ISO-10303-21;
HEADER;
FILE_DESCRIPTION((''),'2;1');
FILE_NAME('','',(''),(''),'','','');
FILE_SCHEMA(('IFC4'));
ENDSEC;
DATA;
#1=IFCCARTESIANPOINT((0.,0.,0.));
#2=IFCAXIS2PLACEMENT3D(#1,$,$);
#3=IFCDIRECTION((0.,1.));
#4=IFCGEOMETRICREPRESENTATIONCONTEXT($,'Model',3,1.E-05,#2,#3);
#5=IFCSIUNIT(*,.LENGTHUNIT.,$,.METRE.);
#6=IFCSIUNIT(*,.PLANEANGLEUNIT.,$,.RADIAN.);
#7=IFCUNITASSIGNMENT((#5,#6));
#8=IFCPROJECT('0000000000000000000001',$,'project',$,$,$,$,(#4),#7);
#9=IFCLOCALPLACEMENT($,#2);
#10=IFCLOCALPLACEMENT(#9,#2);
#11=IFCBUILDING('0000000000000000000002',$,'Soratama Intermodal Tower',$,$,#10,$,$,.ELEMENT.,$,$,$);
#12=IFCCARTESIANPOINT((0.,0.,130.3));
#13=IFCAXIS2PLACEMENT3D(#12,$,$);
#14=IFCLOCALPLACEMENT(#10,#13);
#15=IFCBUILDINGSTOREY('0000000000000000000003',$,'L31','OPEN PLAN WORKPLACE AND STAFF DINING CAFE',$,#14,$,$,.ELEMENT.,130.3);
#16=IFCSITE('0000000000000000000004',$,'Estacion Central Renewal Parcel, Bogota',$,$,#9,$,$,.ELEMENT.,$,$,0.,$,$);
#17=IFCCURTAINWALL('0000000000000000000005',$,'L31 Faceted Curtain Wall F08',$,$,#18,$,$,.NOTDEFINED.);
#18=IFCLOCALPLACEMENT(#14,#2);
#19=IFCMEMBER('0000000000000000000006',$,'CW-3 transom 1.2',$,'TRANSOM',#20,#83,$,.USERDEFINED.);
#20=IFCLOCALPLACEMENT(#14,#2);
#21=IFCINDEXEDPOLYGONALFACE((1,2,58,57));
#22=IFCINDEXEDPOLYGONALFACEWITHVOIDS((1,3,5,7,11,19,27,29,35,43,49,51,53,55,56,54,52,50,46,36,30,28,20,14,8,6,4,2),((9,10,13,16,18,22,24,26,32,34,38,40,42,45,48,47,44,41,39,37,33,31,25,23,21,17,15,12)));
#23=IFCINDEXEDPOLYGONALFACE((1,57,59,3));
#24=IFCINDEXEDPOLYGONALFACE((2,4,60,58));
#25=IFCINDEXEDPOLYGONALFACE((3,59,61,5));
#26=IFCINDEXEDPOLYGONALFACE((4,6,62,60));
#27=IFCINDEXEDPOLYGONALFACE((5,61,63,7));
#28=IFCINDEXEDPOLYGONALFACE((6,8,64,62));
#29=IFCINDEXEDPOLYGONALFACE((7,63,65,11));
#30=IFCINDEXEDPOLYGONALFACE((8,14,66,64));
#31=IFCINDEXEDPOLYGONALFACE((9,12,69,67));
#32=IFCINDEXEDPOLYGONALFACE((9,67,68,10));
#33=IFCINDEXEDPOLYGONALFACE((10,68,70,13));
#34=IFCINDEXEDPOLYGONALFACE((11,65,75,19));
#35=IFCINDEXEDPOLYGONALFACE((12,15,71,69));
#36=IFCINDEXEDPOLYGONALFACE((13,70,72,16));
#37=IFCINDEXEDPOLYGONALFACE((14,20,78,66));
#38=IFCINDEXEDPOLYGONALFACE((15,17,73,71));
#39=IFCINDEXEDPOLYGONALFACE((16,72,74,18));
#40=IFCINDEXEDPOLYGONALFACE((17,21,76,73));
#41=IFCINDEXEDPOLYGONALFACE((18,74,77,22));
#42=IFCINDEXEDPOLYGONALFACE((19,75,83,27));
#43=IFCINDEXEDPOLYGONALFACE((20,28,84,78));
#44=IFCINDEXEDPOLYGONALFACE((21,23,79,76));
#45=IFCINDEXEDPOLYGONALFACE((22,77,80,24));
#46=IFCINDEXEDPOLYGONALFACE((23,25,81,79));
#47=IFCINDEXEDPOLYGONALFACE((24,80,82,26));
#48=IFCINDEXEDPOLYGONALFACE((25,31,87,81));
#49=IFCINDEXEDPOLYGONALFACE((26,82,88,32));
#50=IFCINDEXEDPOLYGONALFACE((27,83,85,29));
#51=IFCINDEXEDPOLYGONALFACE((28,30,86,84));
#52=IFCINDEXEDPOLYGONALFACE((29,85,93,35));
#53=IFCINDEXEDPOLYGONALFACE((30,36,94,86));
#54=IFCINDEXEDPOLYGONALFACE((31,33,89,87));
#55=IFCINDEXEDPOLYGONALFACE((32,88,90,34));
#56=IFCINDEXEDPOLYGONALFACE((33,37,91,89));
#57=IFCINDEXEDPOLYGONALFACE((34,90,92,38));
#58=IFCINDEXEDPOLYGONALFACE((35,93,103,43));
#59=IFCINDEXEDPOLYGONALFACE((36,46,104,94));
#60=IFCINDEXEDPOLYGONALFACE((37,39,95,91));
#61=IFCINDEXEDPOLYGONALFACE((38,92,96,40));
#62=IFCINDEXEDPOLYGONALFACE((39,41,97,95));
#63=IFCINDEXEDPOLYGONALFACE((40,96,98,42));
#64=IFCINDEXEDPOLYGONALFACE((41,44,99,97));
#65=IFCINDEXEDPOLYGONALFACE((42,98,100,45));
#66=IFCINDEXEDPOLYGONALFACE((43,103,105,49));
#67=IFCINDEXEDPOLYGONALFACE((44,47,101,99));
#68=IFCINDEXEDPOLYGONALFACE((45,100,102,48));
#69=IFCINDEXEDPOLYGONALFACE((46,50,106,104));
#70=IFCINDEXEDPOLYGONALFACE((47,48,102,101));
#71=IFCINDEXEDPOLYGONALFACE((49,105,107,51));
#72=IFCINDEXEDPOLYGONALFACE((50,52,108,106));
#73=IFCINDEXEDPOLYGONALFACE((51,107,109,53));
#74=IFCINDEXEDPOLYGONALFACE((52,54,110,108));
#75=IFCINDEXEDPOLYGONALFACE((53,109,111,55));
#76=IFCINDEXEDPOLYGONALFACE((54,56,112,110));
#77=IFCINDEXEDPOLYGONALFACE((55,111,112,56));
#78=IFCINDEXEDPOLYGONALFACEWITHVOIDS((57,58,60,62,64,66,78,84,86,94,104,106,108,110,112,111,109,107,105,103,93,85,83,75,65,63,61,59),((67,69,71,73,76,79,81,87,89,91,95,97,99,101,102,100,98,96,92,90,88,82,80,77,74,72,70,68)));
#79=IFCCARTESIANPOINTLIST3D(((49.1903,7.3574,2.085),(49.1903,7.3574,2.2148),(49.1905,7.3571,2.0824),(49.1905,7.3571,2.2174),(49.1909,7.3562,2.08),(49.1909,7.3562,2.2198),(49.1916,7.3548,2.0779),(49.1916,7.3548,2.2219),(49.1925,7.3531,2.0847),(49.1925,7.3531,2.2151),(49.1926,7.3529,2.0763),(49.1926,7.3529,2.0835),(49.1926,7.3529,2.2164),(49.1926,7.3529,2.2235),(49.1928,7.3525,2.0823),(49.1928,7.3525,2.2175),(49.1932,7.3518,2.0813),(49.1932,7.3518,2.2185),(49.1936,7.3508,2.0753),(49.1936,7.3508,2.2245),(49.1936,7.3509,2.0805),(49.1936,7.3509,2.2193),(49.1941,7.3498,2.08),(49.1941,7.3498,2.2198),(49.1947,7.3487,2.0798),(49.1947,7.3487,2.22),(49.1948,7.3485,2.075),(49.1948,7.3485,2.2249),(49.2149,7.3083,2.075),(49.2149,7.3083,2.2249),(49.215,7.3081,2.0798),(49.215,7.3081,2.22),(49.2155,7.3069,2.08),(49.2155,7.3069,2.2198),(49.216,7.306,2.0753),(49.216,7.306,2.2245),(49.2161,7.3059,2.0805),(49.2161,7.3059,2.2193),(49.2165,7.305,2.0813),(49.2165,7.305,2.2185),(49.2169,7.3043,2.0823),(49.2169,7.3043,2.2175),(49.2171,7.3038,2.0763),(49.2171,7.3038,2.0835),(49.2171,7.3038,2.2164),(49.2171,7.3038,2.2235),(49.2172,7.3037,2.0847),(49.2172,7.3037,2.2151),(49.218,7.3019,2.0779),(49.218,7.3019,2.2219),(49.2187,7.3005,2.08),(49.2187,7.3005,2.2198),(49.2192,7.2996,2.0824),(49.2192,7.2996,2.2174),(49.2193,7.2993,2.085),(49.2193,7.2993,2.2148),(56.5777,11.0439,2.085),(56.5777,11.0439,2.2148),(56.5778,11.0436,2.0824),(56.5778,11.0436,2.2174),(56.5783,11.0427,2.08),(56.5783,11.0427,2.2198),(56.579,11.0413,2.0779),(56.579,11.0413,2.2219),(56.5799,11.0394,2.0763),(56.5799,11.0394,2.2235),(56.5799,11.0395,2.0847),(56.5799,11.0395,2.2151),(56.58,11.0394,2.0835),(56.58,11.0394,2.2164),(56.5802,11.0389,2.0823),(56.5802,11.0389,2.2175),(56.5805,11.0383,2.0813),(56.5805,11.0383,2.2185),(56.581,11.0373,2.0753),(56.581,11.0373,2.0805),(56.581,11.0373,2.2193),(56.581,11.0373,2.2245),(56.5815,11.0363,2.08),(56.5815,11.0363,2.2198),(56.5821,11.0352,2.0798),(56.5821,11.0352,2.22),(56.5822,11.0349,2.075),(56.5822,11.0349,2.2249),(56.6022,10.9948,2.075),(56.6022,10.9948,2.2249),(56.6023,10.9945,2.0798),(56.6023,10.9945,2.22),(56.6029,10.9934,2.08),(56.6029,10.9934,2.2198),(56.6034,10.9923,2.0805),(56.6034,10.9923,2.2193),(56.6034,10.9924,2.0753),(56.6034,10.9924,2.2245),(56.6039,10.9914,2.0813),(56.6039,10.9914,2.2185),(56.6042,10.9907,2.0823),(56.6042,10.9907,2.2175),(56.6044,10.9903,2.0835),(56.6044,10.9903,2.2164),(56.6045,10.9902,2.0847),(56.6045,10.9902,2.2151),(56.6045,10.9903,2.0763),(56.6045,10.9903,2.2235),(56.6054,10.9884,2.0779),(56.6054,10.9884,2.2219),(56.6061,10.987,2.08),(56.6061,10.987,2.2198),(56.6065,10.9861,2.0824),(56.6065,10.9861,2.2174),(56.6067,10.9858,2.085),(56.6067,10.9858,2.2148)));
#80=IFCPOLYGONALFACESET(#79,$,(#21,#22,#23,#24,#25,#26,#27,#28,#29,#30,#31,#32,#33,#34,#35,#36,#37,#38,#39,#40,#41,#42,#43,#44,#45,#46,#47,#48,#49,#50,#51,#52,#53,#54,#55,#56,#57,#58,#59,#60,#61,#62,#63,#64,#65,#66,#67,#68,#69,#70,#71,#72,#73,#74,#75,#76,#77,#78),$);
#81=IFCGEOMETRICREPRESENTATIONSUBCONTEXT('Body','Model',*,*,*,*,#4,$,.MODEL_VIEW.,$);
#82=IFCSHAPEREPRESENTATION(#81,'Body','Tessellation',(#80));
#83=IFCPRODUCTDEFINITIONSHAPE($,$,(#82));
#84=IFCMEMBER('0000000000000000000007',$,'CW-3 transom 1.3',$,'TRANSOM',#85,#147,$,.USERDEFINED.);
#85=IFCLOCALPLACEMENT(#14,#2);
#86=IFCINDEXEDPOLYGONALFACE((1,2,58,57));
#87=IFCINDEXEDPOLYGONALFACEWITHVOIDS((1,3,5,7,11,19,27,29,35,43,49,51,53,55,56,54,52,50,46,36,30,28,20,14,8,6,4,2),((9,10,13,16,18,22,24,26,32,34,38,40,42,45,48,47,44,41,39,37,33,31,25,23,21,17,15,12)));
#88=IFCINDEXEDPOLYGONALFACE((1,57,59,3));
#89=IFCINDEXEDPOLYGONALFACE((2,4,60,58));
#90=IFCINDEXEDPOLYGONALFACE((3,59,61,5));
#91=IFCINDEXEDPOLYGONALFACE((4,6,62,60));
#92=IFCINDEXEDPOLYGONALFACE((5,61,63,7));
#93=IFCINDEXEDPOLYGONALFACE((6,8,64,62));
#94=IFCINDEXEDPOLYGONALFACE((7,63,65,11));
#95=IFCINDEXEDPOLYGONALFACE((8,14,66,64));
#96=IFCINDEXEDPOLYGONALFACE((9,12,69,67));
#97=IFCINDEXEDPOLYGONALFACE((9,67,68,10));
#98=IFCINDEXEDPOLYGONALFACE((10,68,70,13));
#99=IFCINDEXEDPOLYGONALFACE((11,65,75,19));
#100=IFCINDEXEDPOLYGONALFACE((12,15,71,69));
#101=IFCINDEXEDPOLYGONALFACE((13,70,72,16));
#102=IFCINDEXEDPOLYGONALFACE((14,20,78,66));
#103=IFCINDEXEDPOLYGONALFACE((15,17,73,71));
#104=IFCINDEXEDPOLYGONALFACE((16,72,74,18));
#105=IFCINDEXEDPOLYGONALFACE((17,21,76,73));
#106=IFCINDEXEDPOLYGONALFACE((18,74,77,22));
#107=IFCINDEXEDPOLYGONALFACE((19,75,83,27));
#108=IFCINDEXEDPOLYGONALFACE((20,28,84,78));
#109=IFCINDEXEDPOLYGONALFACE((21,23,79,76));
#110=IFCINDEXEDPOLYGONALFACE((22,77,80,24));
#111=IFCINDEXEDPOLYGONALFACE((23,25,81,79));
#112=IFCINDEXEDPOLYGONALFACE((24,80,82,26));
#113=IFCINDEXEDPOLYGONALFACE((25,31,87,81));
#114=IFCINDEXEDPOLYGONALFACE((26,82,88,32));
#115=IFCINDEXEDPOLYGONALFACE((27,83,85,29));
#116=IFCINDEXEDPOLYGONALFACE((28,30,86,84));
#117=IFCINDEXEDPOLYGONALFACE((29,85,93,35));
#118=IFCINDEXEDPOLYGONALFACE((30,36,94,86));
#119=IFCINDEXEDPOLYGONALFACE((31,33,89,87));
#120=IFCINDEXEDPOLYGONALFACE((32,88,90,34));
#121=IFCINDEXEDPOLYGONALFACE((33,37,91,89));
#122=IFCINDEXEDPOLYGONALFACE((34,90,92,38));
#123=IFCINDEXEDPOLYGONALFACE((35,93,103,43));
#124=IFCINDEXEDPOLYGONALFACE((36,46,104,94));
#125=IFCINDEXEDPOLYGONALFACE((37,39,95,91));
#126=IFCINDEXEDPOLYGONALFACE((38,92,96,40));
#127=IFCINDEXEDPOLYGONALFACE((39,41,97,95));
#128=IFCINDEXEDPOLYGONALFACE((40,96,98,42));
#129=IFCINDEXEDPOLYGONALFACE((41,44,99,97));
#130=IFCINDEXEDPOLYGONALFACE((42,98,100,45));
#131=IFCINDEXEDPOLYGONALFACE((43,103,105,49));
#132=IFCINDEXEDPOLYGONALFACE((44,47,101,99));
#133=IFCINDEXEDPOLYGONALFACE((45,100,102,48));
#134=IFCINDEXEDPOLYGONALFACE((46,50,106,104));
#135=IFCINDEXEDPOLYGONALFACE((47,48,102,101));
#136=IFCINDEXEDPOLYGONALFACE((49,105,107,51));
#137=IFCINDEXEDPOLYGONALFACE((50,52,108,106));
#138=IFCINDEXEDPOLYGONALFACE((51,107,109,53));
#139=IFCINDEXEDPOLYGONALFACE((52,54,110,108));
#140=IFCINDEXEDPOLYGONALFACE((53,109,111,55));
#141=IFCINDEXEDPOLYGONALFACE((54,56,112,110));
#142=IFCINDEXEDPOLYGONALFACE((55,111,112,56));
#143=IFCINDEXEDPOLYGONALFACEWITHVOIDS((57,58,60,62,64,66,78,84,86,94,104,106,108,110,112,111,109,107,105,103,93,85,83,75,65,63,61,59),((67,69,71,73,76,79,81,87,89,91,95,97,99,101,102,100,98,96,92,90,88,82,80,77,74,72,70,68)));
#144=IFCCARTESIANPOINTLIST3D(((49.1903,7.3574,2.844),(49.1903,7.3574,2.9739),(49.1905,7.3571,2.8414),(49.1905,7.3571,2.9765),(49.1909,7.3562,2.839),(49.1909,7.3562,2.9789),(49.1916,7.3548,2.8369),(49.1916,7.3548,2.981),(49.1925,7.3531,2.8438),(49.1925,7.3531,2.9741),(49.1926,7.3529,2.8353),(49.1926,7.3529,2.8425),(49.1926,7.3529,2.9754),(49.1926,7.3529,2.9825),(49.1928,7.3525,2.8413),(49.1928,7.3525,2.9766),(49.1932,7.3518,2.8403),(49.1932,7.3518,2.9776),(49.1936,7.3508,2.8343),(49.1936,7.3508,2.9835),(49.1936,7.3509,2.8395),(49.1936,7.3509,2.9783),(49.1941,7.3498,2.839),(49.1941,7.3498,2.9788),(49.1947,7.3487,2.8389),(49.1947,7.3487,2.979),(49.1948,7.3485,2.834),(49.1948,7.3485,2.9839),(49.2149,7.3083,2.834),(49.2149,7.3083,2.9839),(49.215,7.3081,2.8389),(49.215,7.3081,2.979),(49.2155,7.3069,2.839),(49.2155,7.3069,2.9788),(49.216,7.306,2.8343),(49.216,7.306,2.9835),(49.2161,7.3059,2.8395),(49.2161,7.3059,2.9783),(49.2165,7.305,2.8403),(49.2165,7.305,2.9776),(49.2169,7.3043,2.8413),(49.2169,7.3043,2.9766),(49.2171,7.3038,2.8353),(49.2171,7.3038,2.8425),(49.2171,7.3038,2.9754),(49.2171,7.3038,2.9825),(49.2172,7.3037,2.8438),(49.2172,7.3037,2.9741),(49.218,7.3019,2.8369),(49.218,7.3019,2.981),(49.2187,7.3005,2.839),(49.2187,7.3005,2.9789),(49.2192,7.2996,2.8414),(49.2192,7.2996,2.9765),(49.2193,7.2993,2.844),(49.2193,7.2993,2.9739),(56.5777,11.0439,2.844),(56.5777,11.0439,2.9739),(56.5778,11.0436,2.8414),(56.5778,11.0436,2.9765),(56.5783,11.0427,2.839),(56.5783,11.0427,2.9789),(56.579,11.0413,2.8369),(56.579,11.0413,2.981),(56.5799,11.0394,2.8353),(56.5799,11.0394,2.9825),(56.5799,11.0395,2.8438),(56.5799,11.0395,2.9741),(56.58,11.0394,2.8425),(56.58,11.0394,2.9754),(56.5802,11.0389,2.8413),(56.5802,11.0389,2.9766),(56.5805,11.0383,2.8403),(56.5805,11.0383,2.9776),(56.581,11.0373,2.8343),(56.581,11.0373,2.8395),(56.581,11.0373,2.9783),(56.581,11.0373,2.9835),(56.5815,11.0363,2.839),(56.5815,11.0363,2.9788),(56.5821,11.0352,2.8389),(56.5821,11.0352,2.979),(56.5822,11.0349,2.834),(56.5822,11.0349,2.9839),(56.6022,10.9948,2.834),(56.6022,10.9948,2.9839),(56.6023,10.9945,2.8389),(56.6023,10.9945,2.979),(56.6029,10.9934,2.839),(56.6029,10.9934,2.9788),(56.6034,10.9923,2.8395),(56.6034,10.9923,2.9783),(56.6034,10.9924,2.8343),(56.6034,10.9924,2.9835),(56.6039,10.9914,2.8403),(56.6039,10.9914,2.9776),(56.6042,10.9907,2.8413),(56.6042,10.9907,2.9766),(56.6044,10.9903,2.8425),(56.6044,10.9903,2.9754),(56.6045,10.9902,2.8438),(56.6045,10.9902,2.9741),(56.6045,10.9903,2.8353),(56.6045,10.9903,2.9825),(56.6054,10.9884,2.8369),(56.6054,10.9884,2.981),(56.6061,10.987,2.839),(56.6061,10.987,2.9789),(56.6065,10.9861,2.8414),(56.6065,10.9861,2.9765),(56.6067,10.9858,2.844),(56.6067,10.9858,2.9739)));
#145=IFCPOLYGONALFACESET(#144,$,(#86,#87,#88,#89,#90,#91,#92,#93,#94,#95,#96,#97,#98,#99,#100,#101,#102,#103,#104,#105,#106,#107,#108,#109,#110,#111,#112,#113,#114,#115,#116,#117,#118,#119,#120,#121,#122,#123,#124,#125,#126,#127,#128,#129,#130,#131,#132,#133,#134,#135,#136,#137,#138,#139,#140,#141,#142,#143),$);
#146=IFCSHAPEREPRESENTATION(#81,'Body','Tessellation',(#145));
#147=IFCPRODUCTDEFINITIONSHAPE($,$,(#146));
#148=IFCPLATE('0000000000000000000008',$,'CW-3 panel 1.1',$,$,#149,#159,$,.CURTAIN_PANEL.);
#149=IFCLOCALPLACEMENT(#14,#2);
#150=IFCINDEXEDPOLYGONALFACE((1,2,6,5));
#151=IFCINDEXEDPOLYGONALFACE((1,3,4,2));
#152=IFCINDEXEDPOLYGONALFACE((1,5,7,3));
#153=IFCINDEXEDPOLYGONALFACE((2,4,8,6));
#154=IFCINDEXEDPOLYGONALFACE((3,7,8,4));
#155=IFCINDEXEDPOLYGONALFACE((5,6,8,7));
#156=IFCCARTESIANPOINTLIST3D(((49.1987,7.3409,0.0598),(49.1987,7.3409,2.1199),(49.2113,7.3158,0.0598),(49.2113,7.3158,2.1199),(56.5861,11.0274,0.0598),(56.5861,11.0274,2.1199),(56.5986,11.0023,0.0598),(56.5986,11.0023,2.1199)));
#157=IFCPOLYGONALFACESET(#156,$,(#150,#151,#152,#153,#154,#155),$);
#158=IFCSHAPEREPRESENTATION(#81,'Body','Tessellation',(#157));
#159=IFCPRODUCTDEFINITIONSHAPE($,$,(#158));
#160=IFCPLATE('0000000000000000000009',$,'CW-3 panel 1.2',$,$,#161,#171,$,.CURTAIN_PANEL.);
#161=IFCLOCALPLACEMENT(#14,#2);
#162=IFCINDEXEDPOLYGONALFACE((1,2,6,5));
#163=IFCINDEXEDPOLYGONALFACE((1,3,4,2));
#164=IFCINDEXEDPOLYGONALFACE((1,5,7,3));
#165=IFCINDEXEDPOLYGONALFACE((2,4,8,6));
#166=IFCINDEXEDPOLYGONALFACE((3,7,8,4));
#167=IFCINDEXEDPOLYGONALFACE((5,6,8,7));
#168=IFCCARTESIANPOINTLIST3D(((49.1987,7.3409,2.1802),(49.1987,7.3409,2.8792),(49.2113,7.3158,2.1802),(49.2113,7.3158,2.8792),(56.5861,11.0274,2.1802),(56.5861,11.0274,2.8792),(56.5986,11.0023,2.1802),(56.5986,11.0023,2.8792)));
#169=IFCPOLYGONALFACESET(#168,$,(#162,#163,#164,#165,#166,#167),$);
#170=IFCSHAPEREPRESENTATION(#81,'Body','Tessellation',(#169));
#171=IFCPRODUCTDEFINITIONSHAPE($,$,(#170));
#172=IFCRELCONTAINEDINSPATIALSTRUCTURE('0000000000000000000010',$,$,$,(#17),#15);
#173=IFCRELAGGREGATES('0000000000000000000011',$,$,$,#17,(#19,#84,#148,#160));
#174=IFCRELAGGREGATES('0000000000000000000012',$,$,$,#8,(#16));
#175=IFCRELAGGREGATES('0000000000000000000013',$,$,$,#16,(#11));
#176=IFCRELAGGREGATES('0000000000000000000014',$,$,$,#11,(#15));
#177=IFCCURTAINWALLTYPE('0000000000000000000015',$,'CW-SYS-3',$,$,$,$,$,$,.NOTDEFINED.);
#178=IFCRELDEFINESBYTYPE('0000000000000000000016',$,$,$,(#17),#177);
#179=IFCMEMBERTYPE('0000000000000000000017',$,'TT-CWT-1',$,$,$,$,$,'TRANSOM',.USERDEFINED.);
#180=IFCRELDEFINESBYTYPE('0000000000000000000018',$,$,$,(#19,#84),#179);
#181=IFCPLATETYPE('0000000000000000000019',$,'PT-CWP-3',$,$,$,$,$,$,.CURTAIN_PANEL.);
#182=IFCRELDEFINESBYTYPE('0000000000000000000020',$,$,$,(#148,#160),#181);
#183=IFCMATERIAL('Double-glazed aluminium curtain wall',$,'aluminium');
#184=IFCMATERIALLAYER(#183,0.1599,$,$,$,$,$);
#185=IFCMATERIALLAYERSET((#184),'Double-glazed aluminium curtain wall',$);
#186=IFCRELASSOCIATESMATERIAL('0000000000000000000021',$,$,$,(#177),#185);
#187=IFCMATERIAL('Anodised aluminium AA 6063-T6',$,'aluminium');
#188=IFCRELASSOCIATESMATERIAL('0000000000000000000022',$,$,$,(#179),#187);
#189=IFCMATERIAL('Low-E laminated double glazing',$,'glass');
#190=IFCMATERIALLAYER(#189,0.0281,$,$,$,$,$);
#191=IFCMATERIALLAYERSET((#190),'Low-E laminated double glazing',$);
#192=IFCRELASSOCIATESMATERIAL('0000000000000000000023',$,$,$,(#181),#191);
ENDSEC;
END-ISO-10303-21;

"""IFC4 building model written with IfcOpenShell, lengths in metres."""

from ifc_helpers import new_model, si_unit, direction, frame, origin, origin_2d, place, context, subcontext, project, spatial, rectangle, hollow_rectangle, extrude, material, layer, layer_set, material_profile, profile_set, type_object, element, aggregate, save


model = new_model("IFC4")

# Units and contexts
model_context = context("Model", 3, precision=1e-05, world=origin(), true_north=direction((0.0, 1.0)))
body_context = subcontext(model_context, "Body", "Model", "MODEL_VIEW")
ifc_project = project(units=[si_unit("LENGTHUNIT", "METRE"), si_unit("PLANEANGLEUNIT", "RADIAN")], contexts=[model_context])

# Site, building, storey
site_placement = place(None, origin())
site = spatial("IfcSite", under=ifc_project, at=site_placement, Name="Estacion Central Renewal Parcel, Bogota", CompositionType="ELEMENT", RefElevation=0.0)
building_placement = place(site_placement, origin())
building = spatial("IfcBuilding", under=site, at=building_placement, Name="Soratama Intermodal Tower", CompositionType="ELEMENT")
storey_placement = place(building_placement, frame((0.0, 0.0, 130.3)))
storey = spatial("IfcBuildingStorey", under=building, at=storey_placement, Name="L31", Description="OPEN PLAN WORKPLACE AND STAFF DINING CAFE", CompositionType="ELEMENT", Elevation=130.3)

# Curtain wall
ifc_material_1 = material(Name="Double-glazed aluminium curtain wall", Category="aluminium")
ifc_layer_1 = layer(ifc_material_1, 0.1599)
ifc_layer_set_1 = layer_set([ifc_layer_1], Name="Double-glazed aluminium curtain wall")
curtain_wall_type = type_object("IfcCurtainWallType", Name="CW-SYS-3", PredefinedType="NOTDEFINED", material=ifc_layer_set_1)
curtain_wall_1_placement = place(storey_placement, origin())
curtain_wall_1 = element("IfcCurtainWall", 1, at=curtain_wall_1_placement, inside=storey, type_object=curtain_wall_type, Name="L31 Faceted Curtain Wall F08", PredefinedType="NOTDEFINED")

# Members
ifc_material_2 = material(Name="Anodised aluminium AA 6063-T6", Category="aluminium")
ifc_material_profile_1 = material_profile(ifc_material_2, hollow_rectangle(XDim=0.0649, YDim=0.1499, WallThickness=0.0049, InnerFilletRadius=0.0049, OuterFilletRadius=0.01, at=origin_2d()), Name="CWT150X65X5")
ifc_profile_set_1 = profile_set([ifc_material_profile_1], Name="Anodised aluminium AA 6063-T6")
member_type_1 = type_object("IfcMemberType", Name="TT-CWT-1", ElementType="TRANSOM", PredefinedType="USERDEFINED", material=ifc_profile_set_1)
member_1_placement = place(storey_placement, frame((49.2048, 7.3284, 2.1499), z_axis=(0.894776, 0.446516, 0.0), x_axis=(-0.446516, 0.894776, 0.0)))
member_1 = element("IfcMember", 2, at=member_1_placement, type_object=member_type_1, Name="CW-3 transom 1.2", ObjectType="TRANSOM", PredefinedType="USERDEFINED", context=body_context, shape_type="SweptSolid", body=[
    extrude(hollow_rectangle(XDim=0.0649, YDim=0.1499, WallThickness=0.0049, InnerFilletRadius=0.0049, OuterFilletRadius=0.01, at=origin_2d()), origin(), (0.0, 0.0, 1.0), 8.2561),
])
member_2_placement = place(storey_placement, frame((49.2048, 7.3284, 2.9089), z_axis=(0.894776, 0.446516, 0.0), x_axis=(-0.446516, 0.894776, 0.0)))
member_2 = element("IfcMember", 3, at=member_2_placement, type_object=member_type_1, Name="CW-3 transom 1.3", ObjectType="TRANSOM", PredefinedType="USERDEFINED", context=body_context, shape_type="SweptSolid", body=[
    extrude(hollow_rectangle(XDim=0.0649, YDim=0.1499, WallThickness=0.0049, InnerFilletRadius=0.0049, OuterFilletRadius=0.01, at=origin_2d()), origin(), (0.0, 0.0, 1.0), 8.2561),
])

# Plates
ifc_material_3 = material(Name="Low-E laminated double glazing", Category="glass")
ifc_layer_2 = layer(ifc_material_3, 0.0281)
ifc_layer_set_2 = layer_set([ifc_layer_2], Name="Low-E laminated double glazing")
plate_type = type_object("IfcPlateType", Name="PT-CWP-3", PredefinedType="CURTAIN_PANEL", material=ifc_layer_set_2)
plate_1_placement = place(storey_placement, frame((52.8987, 9.1716, 0.0598), z_axis=(0.0, 0.0, 1.0), x_axis=(0.894776, 0.446516, 0.0)))
plate_1 = element("IfcPlate", 4, at=plate_1_placement, type_object=plate_type, Name="CW-3 panel 1.1", PredefinedType="CURTAIN_PANEL", context=body_context, shape_type="SweptSolid", body=[
    extrude(rectangle(XDim=8.2561, YDim=0.0281, at=origin_2d()), origin(), (0.0, 0.0, 1.0), 2.0601),
])
plate_2_placement = place(storey_placement, frame((52.8987, 9.1716, 2.1802), z_axis=(0.0, 0.0, 1.0), x_axis=(0.894776, 0.446516, 0.0)))
plate_2 = element("IfcPlate", 5, at=plate_2_placement, type_object=plate_type, Name="CW-3 panel 1.2", PredefinedType="CURTAIN_PANEL", context=body_context, shape_type="SweptSolid", body=[
    extrude(rectangle(XDim=8.2561, YDim=0.0281, at=origin_2d()), origin(), (0.0, 0.0, 1.0), 0.699),
])
aggregate(curtain_wall_1, [member_1, member_2, plate_1, plate_2])

save(model, "model.ifc")
